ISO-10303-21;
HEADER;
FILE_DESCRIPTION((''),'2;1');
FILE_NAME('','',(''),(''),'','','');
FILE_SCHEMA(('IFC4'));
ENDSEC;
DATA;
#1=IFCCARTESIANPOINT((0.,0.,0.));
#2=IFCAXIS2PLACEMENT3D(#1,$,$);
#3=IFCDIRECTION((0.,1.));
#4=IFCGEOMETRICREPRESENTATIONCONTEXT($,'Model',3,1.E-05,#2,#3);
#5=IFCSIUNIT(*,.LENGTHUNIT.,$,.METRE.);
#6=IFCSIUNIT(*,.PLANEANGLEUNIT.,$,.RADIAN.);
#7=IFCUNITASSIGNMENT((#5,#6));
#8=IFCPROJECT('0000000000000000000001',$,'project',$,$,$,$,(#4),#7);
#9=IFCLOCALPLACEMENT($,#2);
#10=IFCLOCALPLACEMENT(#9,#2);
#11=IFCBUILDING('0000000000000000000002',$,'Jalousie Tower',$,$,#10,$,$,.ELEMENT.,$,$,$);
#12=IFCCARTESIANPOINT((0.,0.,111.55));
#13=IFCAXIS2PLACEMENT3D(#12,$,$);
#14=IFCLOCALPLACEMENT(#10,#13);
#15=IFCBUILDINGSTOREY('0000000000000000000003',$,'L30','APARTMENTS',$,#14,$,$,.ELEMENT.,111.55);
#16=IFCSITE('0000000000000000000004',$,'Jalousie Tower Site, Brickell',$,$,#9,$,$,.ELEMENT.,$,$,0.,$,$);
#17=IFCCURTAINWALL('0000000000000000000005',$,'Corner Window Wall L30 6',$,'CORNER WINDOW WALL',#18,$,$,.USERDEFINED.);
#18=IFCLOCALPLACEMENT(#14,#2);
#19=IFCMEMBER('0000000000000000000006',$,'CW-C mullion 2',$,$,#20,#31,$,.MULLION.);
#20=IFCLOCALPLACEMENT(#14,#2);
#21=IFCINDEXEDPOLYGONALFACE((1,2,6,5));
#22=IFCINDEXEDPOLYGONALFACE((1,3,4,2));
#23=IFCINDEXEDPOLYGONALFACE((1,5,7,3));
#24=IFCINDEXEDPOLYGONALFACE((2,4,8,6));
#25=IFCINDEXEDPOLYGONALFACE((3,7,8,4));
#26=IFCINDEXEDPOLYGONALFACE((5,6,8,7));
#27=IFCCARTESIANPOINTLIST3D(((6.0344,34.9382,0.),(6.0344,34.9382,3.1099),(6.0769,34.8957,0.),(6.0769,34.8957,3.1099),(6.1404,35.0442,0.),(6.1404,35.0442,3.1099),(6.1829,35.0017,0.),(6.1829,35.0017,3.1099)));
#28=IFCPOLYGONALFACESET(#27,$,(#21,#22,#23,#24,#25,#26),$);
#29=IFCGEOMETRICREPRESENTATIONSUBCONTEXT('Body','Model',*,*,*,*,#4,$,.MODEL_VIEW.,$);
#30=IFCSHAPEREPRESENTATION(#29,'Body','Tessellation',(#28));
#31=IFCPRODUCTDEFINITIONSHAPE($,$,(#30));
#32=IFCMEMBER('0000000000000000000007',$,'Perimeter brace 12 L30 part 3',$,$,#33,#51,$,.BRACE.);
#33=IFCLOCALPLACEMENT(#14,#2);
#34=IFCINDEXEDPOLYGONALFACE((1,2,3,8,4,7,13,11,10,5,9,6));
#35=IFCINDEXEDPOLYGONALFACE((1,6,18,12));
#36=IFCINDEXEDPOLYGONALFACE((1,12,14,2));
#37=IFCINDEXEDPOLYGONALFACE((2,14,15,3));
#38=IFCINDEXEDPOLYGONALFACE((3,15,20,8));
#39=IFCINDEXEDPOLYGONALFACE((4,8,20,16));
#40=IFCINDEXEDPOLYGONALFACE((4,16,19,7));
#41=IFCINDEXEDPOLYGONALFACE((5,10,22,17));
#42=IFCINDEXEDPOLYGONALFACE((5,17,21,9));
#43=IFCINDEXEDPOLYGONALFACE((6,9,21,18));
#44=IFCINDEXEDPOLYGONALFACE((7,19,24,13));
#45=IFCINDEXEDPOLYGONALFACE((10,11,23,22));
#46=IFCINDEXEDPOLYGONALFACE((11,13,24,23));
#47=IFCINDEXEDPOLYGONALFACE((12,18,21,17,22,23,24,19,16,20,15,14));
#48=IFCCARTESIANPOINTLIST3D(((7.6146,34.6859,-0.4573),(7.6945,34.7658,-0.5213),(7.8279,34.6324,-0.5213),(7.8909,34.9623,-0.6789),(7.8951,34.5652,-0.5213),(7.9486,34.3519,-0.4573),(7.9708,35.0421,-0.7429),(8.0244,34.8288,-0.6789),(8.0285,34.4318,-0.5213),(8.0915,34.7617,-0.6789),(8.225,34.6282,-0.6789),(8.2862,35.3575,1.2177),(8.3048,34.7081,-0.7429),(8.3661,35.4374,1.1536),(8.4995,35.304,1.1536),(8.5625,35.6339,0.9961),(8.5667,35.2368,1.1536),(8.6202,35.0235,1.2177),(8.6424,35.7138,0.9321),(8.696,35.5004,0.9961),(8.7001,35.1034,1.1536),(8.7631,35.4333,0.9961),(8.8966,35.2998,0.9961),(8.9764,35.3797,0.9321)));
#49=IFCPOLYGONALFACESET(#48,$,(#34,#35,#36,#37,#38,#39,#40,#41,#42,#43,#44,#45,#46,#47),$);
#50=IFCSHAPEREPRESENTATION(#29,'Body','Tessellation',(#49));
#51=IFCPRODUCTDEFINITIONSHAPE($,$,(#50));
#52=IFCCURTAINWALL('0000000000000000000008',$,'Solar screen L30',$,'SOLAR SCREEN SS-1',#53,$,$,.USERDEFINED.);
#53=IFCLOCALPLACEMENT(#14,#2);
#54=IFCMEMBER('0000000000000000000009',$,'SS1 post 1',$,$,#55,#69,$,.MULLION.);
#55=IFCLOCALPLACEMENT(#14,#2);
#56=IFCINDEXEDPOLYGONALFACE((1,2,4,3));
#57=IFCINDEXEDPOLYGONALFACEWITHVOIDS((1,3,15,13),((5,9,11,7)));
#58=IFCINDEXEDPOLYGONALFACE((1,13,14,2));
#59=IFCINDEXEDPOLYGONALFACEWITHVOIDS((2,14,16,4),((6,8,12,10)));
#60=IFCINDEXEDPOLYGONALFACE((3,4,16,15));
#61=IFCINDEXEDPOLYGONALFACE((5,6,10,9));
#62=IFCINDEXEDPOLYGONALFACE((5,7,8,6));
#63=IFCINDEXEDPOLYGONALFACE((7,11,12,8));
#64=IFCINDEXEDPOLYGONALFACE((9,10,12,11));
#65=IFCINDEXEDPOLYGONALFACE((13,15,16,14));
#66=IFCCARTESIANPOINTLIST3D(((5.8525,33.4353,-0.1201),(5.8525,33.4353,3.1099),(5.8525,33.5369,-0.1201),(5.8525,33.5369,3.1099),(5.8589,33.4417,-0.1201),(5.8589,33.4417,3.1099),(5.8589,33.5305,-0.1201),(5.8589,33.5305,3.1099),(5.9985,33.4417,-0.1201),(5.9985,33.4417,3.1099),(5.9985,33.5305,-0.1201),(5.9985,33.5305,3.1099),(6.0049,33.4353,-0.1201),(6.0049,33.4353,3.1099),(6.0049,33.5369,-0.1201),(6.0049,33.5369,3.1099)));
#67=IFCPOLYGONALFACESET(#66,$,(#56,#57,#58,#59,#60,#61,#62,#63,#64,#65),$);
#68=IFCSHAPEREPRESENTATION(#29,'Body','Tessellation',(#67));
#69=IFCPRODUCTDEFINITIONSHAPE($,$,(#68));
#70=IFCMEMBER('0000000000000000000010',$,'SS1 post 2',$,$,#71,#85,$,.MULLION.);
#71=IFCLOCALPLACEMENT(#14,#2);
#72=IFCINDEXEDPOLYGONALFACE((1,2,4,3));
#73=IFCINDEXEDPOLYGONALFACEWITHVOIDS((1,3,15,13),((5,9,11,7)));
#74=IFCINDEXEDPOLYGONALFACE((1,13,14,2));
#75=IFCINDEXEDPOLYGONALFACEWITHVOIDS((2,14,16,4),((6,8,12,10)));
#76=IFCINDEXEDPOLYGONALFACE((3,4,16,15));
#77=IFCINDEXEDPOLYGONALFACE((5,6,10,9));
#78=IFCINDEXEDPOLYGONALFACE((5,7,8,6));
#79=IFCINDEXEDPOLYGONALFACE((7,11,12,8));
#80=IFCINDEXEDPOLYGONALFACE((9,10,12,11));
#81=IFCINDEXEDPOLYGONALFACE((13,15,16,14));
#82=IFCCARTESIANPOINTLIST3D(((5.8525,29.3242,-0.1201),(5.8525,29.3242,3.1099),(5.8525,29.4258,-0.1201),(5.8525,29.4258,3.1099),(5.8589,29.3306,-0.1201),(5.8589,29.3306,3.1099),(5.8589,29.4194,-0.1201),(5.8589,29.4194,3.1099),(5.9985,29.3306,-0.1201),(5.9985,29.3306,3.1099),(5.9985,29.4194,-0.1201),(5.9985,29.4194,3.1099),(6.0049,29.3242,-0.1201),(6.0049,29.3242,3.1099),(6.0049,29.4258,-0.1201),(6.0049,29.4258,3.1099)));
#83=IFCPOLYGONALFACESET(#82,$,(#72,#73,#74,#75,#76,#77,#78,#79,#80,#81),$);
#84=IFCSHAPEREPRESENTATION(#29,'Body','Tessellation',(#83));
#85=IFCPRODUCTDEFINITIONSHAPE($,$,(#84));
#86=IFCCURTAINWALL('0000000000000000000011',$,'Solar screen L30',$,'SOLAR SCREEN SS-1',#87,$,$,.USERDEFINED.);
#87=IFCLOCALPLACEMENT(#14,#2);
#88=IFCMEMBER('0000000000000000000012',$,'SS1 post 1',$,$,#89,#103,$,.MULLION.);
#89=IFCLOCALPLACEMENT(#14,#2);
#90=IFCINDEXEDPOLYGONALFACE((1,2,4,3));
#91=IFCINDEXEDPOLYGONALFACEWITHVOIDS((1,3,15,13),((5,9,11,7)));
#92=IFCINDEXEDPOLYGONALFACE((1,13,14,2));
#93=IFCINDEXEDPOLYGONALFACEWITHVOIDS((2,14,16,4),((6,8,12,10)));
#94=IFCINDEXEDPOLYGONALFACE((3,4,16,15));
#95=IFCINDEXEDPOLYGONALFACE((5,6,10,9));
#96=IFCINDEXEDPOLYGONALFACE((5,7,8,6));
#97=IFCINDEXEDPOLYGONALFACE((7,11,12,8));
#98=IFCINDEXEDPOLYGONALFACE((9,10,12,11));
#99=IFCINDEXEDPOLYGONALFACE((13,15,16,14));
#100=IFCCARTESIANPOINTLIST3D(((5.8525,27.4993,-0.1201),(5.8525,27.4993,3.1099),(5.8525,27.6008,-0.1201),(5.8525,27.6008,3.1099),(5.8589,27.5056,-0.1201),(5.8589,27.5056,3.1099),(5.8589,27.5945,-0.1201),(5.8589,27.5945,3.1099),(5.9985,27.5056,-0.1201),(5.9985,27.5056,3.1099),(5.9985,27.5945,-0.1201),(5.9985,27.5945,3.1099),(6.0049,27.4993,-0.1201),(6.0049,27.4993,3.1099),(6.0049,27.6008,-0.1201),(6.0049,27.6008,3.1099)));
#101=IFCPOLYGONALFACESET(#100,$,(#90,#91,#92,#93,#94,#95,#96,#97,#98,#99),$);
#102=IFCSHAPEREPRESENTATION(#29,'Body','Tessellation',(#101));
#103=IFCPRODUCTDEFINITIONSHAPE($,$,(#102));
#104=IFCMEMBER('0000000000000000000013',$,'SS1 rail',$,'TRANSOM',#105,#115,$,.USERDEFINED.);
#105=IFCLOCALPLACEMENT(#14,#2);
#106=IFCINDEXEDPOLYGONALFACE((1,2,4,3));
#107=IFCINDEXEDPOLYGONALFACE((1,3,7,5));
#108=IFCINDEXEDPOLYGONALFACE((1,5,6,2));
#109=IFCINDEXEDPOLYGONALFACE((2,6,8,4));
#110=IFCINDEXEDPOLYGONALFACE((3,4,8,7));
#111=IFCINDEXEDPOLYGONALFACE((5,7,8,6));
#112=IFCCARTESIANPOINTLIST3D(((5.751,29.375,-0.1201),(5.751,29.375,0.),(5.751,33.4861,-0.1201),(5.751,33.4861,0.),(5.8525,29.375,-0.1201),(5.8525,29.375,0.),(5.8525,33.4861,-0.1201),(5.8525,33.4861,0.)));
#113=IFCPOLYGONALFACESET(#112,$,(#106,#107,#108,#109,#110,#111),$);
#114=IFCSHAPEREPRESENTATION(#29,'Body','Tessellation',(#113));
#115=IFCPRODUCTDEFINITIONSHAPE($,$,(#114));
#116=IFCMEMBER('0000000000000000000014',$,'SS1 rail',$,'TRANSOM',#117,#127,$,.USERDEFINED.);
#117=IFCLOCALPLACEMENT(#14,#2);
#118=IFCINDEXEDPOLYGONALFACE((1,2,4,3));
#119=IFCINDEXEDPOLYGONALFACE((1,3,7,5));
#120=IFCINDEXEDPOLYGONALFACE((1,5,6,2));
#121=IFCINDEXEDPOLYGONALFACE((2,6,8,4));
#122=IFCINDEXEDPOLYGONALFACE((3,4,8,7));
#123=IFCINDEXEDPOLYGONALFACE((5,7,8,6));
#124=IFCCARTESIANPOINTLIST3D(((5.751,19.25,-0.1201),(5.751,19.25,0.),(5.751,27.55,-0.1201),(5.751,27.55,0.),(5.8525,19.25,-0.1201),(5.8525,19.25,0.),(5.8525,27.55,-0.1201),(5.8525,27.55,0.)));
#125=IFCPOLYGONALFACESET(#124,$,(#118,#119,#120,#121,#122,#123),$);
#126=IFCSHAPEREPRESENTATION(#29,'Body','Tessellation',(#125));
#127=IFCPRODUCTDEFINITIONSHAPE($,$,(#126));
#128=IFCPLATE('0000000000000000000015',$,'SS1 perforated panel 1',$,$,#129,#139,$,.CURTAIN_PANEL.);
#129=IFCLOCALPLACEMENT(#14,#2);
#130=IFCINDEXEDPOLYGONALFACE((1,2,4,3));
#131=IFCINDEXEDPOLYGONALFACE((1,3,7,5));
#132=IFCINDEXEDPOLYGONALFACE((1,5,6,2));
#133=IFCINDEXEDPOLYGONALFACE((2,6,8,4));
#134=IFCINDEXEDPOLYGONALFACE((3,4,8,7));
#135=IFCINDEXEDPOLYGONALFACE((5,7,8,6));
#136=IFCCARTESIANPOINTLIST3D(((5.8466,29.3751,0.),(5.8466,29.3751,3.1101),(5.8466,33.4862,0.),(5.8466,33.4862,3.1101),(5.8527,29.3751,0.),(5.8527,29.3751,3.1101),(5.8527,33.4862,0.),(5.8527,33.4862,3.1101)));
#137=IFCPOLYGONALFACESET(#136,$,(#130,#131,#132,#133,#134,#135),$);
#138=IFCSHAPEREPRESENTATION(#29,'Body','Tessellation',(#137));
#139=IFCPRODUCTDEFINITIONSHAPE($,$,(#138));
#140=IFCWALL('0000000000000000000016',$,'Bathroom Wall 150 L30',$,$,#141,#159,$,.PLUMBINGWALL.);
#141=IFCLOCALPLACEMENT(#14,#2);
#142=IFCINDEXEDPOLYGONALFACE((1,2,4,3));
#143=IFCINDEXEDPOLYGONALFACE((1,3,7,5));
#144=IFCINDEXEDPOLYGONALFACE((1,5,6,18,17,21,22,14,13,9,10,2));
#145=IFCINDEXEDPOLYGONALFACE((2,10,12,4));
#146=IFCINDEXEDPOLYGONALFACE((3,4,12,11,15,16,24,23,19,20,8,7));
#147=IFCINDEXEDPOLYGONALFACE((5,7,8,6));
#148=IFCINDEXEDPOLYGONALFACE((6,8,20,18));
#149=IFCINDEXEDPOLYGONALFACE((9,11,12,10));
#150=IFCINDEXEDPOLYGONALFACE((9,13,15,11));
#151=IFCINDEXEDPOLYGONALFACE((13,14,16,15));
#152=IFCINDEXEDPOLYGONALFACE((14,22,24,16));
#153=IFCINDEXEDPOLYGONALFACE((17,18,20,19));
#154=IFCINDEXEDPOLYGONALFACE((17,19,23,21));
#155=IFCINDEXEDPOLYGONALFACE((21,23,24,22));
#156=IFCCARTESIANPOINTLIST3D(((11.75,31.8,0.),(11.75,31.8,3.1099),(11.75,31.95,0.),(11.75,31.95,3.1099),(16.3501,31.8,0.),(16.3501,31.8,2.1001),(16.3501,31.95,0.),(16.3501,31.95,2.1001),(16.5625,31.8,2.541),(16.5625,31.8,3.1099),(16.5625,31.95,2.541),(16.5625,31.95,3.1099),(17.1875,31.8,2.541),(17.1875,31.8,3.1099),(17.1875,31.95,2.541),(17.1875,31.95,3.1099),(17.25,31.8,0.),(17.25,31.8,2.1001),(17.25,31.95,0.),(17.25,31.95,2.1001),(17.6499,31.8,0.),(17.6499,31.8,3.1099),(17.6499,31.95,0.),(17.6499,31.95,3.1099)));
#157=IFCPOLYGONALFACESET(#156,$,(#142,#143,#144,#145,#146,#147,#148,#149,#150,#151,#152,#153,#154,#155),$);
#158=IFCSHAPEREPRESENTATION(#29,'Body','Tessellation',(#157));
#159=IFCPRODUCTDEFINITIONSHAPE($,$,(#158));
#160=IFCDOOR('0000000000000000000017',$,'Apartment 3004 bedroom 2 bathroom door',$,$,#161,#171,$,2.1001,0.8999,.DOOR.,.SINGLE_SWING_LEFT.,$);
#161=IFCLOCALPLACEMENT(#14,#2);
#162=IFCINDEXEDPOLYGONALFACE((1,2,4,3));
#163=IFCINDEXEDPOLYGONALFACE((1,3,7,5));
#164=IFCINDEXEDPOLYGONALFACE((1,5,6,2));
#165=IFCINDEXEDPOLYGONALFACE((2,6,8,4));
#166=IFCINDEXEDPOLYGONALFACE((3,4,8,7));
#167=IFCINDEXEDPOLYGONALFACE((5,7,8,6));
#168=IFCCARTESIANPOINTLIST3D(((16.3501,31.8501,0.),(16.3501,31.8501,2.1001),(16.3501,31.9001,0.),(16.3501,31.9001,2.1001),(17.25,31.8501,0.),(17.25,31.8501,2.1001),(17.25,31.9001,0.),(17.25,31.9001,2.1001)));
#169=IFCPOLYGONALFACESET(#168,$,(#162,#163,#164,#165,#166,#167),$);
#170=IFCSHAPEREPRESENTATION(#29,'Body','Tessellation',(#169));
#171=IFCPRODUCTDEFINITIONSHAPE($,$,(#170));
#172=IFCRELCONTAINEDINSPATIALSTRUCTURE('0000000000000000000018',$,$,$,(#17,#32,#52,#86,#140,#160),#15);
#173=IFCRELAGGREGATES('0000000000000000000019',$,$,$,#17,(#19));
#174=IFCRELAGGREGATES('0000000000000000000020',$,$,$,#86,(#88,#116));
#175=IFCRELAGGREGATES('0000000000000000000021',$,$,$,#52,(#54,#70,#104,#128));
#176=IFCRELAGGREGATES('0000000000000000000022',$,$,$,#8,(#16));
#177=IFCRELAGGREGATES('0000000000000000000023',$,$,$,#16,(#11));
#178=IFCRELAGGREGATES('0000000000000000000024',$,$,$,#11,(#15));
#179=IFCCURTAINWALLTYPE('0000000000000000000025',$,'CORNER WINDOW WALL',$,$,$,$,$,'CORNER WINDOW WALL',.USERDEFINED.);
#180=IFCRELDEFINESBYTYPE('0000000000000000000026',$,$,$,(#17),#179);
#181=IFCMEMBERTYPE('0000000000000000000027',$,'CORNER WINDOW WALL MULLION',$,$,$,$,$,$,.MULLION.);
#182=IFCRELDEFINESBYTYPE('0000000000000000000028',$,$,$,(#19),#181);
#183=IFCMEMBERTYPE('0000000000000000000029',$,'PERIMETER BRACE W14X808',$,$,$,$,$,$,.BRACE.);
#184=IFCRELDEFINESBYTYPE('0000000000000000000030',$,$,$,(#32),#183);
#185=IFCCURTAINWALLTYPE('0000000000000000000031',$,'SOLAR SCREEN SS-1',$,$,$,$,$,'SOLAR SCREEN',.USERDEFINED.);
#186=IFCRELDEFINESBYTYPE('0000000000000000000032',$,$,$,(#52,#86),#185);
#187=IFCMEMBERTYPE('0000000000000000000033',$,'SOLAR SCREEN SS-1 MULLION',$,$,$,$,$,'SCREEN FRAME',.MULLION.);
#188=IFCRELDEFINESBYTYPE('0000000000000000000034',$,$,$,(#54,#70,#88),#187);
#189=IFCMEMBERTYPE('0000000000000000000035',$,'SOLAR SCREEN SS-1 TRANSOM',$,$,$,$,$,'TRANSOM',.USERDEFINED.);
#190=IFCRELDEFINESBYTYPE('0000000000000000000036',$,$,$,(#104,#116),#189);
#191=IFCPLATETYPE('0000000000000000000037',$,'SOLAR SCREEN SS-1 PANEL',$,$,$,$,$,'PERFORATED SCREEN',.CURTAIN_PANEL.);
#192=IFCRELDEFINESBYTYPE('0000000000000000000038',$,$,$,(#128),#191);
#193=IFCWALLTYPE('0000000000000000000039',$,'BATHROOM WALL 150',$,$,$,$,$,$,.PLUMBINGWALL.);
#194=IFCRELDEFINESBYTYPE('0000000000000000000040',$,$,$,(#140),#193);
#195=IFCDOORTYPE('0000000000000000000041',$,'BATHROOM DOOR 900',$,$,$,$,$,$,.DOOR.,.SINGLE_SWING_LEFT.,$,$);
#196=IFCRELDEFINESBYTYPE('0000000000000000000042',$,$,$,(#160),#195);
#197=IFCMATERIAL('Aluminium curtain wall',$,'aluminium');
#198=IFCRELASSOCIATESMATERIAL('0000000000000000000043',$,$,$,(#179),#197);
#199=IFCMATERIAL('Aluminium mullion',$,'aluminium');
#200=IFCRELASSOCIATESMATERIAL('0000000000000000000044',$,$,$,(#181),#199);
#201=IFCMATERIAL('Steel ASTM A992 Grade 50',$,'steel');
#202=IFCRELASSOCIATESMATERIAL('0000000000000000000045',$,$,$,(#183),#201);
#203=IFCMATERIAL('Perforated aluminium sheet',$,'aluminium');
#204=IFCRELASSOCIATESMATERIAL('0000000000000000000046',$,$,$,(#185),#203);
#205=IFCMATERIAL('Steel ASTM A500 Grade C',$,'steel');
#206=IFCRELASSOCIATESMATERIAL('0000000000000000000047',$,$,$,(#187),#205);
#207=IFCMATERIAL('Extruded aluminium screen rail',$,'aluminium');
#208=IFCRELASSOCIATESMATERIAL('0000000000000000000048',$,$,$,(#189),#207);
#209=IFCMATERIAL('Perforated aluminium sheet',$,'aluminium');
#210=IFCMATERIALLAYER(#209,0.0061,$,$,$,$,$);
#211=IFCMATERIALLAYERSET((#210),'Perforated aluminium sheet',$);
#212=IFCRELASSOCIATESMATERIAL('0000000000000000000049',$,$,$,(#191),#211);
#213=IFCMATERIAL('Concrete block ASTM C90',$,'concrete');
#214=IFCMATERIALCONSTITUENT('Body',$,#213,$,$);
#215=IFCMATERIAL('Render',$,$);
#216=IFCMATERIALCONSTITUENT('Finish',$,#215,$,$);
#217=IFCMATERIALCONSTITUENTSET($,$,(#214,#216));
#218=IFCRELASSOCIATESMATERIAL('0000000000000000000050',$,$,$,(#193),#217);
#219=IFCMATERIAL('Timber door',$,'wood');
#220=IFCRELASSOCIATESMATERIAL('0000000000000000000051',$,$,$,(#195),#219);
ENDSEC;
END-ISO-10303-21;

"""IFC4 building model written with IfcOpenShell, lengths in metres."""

from ifc_helpers import new_model, si_unit, direction, frame, frame_2d, origin, origin_2d, place, context, subcontext, project, spatial, polyline, rectangle, hollow_rectangle, i_section, outline, extrude, material, layer, layer_set, constituent, constituent_set, material_profile, profile_set, type_object, element, fill, aggregate, save


model = new_model("IFC4")

# Units and contexts
model_context = context("Model", 3, precision=1e-05, world=origin(), true_north=direction((0.0, 1.0)))
body_context = subcontext(model_context, "Body", "Model", "MODEL_VIEW")
ifc_project = project(units=[si_unit("LENGTHUNIT", "METRE"), si_unit("PLANEANGLEUNIT", "RADIAN")], contexts=[model_context])

# Site, building, storey
site_placement = place(None, origin())
site = spatial("IfcSite", under=ifc_project, at=site_placement, Name="Jalousie Tower Site, Brickell", CompositionType="ELEMENT", RefElevation=0.0)
building_placement = place(site_placement, origin())
building = spatial("IfcBuilding", under=site, at=building_placement, Name="Jalousie Tower", CompositionType="ELEMENT")
storey_placement = place(building_placement, frame((0.0, 0.0, 111.55)))
storey = spatial("IfcBuildingStorey", under=building, at=storey_placement, Name="L30", Description="APARTMENTS", CompositionType="ELEMENT", Elevation=111.55)

# Curtain wall, member
ifc_material_1 = material(Name="Aluminium curtain wall", Category="aluminium")
curtain_wall_type_1 = type_object("IfcCurtainWallType", Name="CORNER WINDOW WALL", ElementType="CORNER WINDOW WALL", PredefinedType="USERDEFINED", material=ifc_material_1)
curtain_wall_1_placement = place(storey_placement, origin())
curtain_wall_1 = element("IfcCurtainWall", 1, at=curtain_wall_1_placement, inside=storey, type_object=curtain_wall_type_1, Name="Corner Window Wall L30 6", ObjectType="CORNER WINDOW WALL", PredefinedType="USERDEFINED")
ifc_material_2 = material(Name="Aluminium mullion", Category="aluminium")
ifc_material_profile_1 = material_profile(ifc_material_2, rectangle(XDim=0.0601, YDim=0.1499, at=origin_2d()), Name="MULLION 60x150")
ifc_profile_set_1 = profile_set([ifc_material_profile_1], Name="Aluminium mullion")
member_type_1 = type_object("IfcMemberType", Name="CORNER WINDOW WALL MULLION", PredefinedType="MULLION", material=ifc_profile_set_1)
member_1_placement = place(storey_placement, frame((6.1086, 34.97, 0.0), z_axis=(0.0, 0.0, 1.0), x_axis=(0.707107, -0.707107, 0.0)))
member_1 = element("IfcMember", 2, at=member_1_placement, type_object=member_type_1, Name="CW-C mullion 2", PredefinedType="MULLION", context=body_context, shape_type="SweptSolid", body=[
    extrude(rectangle(XDim=0.0601, YDim=0.1499, at=origin_2d()), origin(), (0.0, 0.0, 1.0), 3.1099),
])
aggregate(curtain_wall_1, [member_1])

# Member
ifc_material_3 = material(Name="Steel ASTM A992 Grade 50", Category="steel")
ifc_material_profile_2 = material_profile(ifc_material_3, i_section(OverallWidth=0.4724, OverallDepth=0.5791, WebThickness=0.095, FlangeThickness=0.1299, at=origin_2d()), Name="W14X808")
ifc_profile_set_2 = profile_set([ifc_material_profile_2], Name="Steel ASTM A992 Grade 50")
member_type_2 = type_object("IfcMemberType", Name="PERIMETER BRACE W14X808", PredefinedType="BRACE", material=ifc_profile_set_2)
member_2_placement = place(storey_placement, frame((7.9597, 34.697, -0.6001), z_axis=(0.348789, 0.348789, 0.869881), x_axis=(-0.707107, 0.707107, 0.0)))
element("IfcMember", 3, at=member_2_placement, inside=storey, type_object=member_type_2, Name="Perimeter brace 12 L30 part 3", PredefinedType="BRACE", context=body_context, shape_type="SweptSolid", body=[
    extrude(i_section(OverallWidth=0.4724, OverallDepth=0.5791, WebThickness=0.095, FlangeThickness=0.1299, at=origin_2d()), origin(), (0.0, 0.0, 1.0), 1.9255),
])

# Curtain wall, members
ifc_material_4 = material(Name="Perforated aluminium sheet", Category="aluminium")
curtain_wall_type_2 = type_object("IfcCurtainWallType", Name="SOLAR SCREEN SS-1", ElementType="SOLAR SCREEN", PredefinedType="USERDEFINED", material=ifc_material_4)
curtain_wall_2_placement = place(storey_placement, origin())
curtain_wall_2 = element("IfcCurtainWall", 4, at=curtain_wall_2_placement, inside=storey, type_object=curtain_wall_type_2, Name="Solar screen L30", ObjectType="SOLAR SCREEN SS-1", PredefinedType="USERDEFINED")
ifc_material_5 = material(Name="Steel ASTM A500 Grade C", Category="steel")
ifc_material_profile_3 = material_profile(ifc_material_5, hollow_rectangle(XDim=0.1016, YDim=0.1523, WallThickness=0.0063, at=origin_2d()), Name="HSS6X4X1/4")
ifc_profile_set_3 = profile_set([ifc_material_profile_3], Name="Steel ASTM A500 Grade C")
member_type_3 = type_object("IfcMemberType", Name="SOLAR SCREEN SS-1 MULLION", ElementType="SCREEN FRAME", PredefinedType="MULLION", material=ifc_profile_set_3)
member_3_placement = place(storey_placement, frame((5.9287, 33.4861, -0.1201), z_axis=(0.0, 0.0, 1.0), x_axis=(0.0, -1.0, 0.0)))
member_3 = element("IfcMember", 5, at=member_3_placement, type_object=member_type_3, Name="SS1 post 1", PredefinedType="MULLION", context=body_context, shape_type="SweptSolid", body=[
    extrude(hollow_rectangle(XDim=0.1016, YDim=0.1523, WallThickness=0.0063, at=origin_2d()), origin(), (0.0, 0.0, 1.0), 3.23),
])
member_4_placement = place(storey_placement, frame((5.9287, 29.375, -0.1201), z_axis=(0.0, 0.0, 1.0), x_axis=(0.0, -1.0, 0.0)))
member_4 = element("IfcMember", 6, at=member_4_placement, type_object=member_type_3, Name="SS1 post 2", PredefinedType="MULLION", context=body_context, shape_type="SweptSolid", body=[
    extrude(hollow_rectangle(XDim=0.1016, YDim=0.1523, WallThickness=0.0063, at=origin_2d()), origin(), (0.0, 0.0, 1.0), 3.23),
])

# Curtain wall, member
curtain_wall_3_placement = place(storey_placement, origin())
curtain_wall_3 = element("IfcCurtainWall", 7, at=curtain_wall_3_placement, inside=storey, type_object=curtain_wall_type_2, Name="Solar screen L30", ObjectType="SOLAR SCREEN SS-1", PredefinedType="USERDEFINED")
member_5_placement = place(storey_placement, frame((5.9287, 27.55, -0.1201), z_axis=(0.0, 0.0, 1.0), x_axis=(0.0, -1.0, 0.0)))
member_5 = element("IfcMember", 8, at=member_5_placement, type_object=member_type_3, Name="SS1 post 1", PredefinedType="MULLION", context=body_context, shape_type="SweptSolid", body=[
    extrude(hollow_rectangle(XDim=0.1016, YDim=0.1523, WallThickness=0.0063, at=origin_2d()), origin(), (0.0, 0.0, 1.0), 3.23),
])

# Members
ifc_material_6 = material(Name="Extruded aluminium screen rail", Category="aluminium")
ifc_material_profile_4 = material_profile(ifc_material_6, rectangle(XDim=0.1016, YDim=0.1201, at=origin_2d()), Name="RAIL 102x120")
ifc_profile_set_4 = profile_set([ifc_material_profile_4], Name="Extruded aluminium screen rail")
member_type_4 = type_object("IfcMemberType", Name="SOLAR SCREEN SS-1 TRANSOM", ElementType="TRANSOM", PredefinedType="USERDEFINED", material=ifc_profile_set_4)
member_6_placement = place(storey_placement, frame((5.8018, 33.4861, -0.0601), z_axis=(0.0, -1.0, 0.0), x_axis=(1.0, 0.0, 0.0)))
member_6 = element("IfcMember", 9, at=member_6_placement, type_object=member_type_4, Name="SS1 rail", ObjectType="TRANSOM", PredefinedType="USERDEFINED", context=body_context, shape_type="SweptSolid", body=[
    extrude(rectangle(XDim=0.1016, YDim=0.1201, at=origin_2d()), origin(), (0.0, 0.0, 1.0), 4.1111),
])
member_7_placement = place(storey_placement, frame((5.8018, 27.55, -0.0601), z_axis=(0.0, -1.0, 0.0), x_axis=(1.0, 0.0, 0.0)))
member_7 = element("IfcMember", 10, at=member_7_placement, type_object=member_type_4, Name="SS1 rail", ObjectType="TRANSOM", PredefinedType="USERDEFINED", context=body_context, shape_type="SweptSolid", body=[
    extrude(rectangle(XDim=0.1016, YDim=0.1201, at=origin_2d()), origin(), (0.0, 0.0, 1.0), 8.3),
])
aggregate(curtain_wall_3, [member_5, member_7])

# Plate
ifc_material_7 = material(Name="Perforated aluminium sheet", Category="aluminium")
ifc_layer = layer(ifc_material_7, 0.0061)
ifc_layer_set = layer_set([ifc_layer], Name="Perforated aluminium sheet")
plate_type = type_object("IfcPlateType", Name="SOLAR SCREEN SS-1 PANEL", ElementType="PERFORATED SCREEN", PredefinedType="CURTAIN_PANEL", material=ifc_layer_set)
plate_placement = place(storey_placement, frame((5.8496, 31.4307, 0.0), z_axis=(0.0, 0.0, 1.0), x_axis=(0.0, -1.0, 0.0)))
plate = element("IfcPlate", 11, at=plate_placement, type_object=plate_type, Name="SS1 perforated panel 1", PredefinedType="CURTAIN_PANEL", context=body_context, shape_type="SweptSolid", body=[
    extrude(rectangle(XDim=4.1111, YDim=0.0061, at=origin_2d()), origin(), (0.0, 0.0, 1.0), 3.1101),
])
aggregate(curtain_wall_2, [member_3, member_4, member_6, plate])

# Wall, opening, door
ifc_material_8 = material(Name="Concrete block ASTM C90", Category="concrete")
ifc_constituent_1 = constituent(ifc_material_8, Name="Body")
ifc_material_9 = material(Name="Render")
ifc_constituent_2 = constituent(ifc_material_9, Name="Finish")
ifc_constituent_set_1 = constituent_set(constituents=[ifc_constituent_1, ifc_constituent_2])
wall_type_1 = type_object("IfcWallType", Name="BATHROOM WALL 150", PredefinedType="PLUMBINGWALL", material=ifc_constituent_set_1)
wall_1_placement = place(storey_placement, frame((11.75, 31.875, 0.0), z_axis=(0.0, 0.0, 1.0), x_axis=(1.0, 0.0, 0.0)))
wall_1 = element("IfcWall", 12, at=wall_1_placement, inside=storey, type_object=wall_type_1, Name="Bathroom Wall 150 L30", PredefinedType="PLUMBINGWALL", context=body_context, shape_type="SweptSolid", body=[
    extrude(outline(polyline([(0.0, 0.0), (5.8999, 0.0), (5.8999, 3.1099), (5.4375, 3.1099), (5.4375, 2.541), (4.8125, 2.541), (4.8125, 3.1099), (0.0, 3.1099), (0.0, 0.0)])), frame((0.0, 0.075, 0.0), z_axis=(0.0, -1.0, 0.0), x_axis=(1.0, 0.0, 0.0)), (0.0, 0.0, 1.0), 0.1499),
])
opening_1_placement = place(wall_1_placement, frame((4.6001, 0.0, 0.0)))
opening_1 = element("IfcOpeningElement", 13, at=opening_1_placement, cuts=wall_1, PredefinedType="OPENING", context=body_context, shape_type="SweptSolid", body=[
    extrude(rectangle(XDim=0.8999, YDim=2.1001, at=frame_2d((0.45, 1.05))), frame((0.0, 0.085, 0.0), z_axis=(0.0, -1.0, 0.0), x_axis=(1.0, 0.0, 0.0)), (0.0, 0.0, 1.0), 0.1699),
])
ifc_material_10 = material(Name="Timber door", Category="wood")
door_type_1 = type_object("IfcDoorType", Name="BATHROOM DOOR 900", OperationType="SINGLE_SWING_LEFT", PredefinedType="DOOR", material=ifc_material_10)
door_1_placement = place(opening_1_placement, frame((0.8999, 0.0, 0.0), z_axis=(0.0, 0.0, 1.0), x_axis=(-1.0, 0.0, 0.0)))
door_1 = element("IfcDoor", 14, at=door_1_placement, inside=storey, type_object=door_type_1, Name="Apartment 3004 bedroom 2 bathroom door", OperationType="SINGLE_SWING_LEFT", OverallHeight=2.1001, OverallWidth=0.8999, PredefinedType="DOOR", context=body_context, shape_type="SweptSolid", body=[
    extrude(rectangle(XDim=0.8999, YDim=2.1001, at=frame_2d((0.45, 1.05))), frame((0.0, 0.0249, 0.0), z_axis=(0.0, -1.0, 0.0), x_axis=(1.0, 0.0, 0.0)), (0.0, 0.0, 1.0), 0.05),
])
fill(opening_1, door_1)

save(model, "model.ifc")
